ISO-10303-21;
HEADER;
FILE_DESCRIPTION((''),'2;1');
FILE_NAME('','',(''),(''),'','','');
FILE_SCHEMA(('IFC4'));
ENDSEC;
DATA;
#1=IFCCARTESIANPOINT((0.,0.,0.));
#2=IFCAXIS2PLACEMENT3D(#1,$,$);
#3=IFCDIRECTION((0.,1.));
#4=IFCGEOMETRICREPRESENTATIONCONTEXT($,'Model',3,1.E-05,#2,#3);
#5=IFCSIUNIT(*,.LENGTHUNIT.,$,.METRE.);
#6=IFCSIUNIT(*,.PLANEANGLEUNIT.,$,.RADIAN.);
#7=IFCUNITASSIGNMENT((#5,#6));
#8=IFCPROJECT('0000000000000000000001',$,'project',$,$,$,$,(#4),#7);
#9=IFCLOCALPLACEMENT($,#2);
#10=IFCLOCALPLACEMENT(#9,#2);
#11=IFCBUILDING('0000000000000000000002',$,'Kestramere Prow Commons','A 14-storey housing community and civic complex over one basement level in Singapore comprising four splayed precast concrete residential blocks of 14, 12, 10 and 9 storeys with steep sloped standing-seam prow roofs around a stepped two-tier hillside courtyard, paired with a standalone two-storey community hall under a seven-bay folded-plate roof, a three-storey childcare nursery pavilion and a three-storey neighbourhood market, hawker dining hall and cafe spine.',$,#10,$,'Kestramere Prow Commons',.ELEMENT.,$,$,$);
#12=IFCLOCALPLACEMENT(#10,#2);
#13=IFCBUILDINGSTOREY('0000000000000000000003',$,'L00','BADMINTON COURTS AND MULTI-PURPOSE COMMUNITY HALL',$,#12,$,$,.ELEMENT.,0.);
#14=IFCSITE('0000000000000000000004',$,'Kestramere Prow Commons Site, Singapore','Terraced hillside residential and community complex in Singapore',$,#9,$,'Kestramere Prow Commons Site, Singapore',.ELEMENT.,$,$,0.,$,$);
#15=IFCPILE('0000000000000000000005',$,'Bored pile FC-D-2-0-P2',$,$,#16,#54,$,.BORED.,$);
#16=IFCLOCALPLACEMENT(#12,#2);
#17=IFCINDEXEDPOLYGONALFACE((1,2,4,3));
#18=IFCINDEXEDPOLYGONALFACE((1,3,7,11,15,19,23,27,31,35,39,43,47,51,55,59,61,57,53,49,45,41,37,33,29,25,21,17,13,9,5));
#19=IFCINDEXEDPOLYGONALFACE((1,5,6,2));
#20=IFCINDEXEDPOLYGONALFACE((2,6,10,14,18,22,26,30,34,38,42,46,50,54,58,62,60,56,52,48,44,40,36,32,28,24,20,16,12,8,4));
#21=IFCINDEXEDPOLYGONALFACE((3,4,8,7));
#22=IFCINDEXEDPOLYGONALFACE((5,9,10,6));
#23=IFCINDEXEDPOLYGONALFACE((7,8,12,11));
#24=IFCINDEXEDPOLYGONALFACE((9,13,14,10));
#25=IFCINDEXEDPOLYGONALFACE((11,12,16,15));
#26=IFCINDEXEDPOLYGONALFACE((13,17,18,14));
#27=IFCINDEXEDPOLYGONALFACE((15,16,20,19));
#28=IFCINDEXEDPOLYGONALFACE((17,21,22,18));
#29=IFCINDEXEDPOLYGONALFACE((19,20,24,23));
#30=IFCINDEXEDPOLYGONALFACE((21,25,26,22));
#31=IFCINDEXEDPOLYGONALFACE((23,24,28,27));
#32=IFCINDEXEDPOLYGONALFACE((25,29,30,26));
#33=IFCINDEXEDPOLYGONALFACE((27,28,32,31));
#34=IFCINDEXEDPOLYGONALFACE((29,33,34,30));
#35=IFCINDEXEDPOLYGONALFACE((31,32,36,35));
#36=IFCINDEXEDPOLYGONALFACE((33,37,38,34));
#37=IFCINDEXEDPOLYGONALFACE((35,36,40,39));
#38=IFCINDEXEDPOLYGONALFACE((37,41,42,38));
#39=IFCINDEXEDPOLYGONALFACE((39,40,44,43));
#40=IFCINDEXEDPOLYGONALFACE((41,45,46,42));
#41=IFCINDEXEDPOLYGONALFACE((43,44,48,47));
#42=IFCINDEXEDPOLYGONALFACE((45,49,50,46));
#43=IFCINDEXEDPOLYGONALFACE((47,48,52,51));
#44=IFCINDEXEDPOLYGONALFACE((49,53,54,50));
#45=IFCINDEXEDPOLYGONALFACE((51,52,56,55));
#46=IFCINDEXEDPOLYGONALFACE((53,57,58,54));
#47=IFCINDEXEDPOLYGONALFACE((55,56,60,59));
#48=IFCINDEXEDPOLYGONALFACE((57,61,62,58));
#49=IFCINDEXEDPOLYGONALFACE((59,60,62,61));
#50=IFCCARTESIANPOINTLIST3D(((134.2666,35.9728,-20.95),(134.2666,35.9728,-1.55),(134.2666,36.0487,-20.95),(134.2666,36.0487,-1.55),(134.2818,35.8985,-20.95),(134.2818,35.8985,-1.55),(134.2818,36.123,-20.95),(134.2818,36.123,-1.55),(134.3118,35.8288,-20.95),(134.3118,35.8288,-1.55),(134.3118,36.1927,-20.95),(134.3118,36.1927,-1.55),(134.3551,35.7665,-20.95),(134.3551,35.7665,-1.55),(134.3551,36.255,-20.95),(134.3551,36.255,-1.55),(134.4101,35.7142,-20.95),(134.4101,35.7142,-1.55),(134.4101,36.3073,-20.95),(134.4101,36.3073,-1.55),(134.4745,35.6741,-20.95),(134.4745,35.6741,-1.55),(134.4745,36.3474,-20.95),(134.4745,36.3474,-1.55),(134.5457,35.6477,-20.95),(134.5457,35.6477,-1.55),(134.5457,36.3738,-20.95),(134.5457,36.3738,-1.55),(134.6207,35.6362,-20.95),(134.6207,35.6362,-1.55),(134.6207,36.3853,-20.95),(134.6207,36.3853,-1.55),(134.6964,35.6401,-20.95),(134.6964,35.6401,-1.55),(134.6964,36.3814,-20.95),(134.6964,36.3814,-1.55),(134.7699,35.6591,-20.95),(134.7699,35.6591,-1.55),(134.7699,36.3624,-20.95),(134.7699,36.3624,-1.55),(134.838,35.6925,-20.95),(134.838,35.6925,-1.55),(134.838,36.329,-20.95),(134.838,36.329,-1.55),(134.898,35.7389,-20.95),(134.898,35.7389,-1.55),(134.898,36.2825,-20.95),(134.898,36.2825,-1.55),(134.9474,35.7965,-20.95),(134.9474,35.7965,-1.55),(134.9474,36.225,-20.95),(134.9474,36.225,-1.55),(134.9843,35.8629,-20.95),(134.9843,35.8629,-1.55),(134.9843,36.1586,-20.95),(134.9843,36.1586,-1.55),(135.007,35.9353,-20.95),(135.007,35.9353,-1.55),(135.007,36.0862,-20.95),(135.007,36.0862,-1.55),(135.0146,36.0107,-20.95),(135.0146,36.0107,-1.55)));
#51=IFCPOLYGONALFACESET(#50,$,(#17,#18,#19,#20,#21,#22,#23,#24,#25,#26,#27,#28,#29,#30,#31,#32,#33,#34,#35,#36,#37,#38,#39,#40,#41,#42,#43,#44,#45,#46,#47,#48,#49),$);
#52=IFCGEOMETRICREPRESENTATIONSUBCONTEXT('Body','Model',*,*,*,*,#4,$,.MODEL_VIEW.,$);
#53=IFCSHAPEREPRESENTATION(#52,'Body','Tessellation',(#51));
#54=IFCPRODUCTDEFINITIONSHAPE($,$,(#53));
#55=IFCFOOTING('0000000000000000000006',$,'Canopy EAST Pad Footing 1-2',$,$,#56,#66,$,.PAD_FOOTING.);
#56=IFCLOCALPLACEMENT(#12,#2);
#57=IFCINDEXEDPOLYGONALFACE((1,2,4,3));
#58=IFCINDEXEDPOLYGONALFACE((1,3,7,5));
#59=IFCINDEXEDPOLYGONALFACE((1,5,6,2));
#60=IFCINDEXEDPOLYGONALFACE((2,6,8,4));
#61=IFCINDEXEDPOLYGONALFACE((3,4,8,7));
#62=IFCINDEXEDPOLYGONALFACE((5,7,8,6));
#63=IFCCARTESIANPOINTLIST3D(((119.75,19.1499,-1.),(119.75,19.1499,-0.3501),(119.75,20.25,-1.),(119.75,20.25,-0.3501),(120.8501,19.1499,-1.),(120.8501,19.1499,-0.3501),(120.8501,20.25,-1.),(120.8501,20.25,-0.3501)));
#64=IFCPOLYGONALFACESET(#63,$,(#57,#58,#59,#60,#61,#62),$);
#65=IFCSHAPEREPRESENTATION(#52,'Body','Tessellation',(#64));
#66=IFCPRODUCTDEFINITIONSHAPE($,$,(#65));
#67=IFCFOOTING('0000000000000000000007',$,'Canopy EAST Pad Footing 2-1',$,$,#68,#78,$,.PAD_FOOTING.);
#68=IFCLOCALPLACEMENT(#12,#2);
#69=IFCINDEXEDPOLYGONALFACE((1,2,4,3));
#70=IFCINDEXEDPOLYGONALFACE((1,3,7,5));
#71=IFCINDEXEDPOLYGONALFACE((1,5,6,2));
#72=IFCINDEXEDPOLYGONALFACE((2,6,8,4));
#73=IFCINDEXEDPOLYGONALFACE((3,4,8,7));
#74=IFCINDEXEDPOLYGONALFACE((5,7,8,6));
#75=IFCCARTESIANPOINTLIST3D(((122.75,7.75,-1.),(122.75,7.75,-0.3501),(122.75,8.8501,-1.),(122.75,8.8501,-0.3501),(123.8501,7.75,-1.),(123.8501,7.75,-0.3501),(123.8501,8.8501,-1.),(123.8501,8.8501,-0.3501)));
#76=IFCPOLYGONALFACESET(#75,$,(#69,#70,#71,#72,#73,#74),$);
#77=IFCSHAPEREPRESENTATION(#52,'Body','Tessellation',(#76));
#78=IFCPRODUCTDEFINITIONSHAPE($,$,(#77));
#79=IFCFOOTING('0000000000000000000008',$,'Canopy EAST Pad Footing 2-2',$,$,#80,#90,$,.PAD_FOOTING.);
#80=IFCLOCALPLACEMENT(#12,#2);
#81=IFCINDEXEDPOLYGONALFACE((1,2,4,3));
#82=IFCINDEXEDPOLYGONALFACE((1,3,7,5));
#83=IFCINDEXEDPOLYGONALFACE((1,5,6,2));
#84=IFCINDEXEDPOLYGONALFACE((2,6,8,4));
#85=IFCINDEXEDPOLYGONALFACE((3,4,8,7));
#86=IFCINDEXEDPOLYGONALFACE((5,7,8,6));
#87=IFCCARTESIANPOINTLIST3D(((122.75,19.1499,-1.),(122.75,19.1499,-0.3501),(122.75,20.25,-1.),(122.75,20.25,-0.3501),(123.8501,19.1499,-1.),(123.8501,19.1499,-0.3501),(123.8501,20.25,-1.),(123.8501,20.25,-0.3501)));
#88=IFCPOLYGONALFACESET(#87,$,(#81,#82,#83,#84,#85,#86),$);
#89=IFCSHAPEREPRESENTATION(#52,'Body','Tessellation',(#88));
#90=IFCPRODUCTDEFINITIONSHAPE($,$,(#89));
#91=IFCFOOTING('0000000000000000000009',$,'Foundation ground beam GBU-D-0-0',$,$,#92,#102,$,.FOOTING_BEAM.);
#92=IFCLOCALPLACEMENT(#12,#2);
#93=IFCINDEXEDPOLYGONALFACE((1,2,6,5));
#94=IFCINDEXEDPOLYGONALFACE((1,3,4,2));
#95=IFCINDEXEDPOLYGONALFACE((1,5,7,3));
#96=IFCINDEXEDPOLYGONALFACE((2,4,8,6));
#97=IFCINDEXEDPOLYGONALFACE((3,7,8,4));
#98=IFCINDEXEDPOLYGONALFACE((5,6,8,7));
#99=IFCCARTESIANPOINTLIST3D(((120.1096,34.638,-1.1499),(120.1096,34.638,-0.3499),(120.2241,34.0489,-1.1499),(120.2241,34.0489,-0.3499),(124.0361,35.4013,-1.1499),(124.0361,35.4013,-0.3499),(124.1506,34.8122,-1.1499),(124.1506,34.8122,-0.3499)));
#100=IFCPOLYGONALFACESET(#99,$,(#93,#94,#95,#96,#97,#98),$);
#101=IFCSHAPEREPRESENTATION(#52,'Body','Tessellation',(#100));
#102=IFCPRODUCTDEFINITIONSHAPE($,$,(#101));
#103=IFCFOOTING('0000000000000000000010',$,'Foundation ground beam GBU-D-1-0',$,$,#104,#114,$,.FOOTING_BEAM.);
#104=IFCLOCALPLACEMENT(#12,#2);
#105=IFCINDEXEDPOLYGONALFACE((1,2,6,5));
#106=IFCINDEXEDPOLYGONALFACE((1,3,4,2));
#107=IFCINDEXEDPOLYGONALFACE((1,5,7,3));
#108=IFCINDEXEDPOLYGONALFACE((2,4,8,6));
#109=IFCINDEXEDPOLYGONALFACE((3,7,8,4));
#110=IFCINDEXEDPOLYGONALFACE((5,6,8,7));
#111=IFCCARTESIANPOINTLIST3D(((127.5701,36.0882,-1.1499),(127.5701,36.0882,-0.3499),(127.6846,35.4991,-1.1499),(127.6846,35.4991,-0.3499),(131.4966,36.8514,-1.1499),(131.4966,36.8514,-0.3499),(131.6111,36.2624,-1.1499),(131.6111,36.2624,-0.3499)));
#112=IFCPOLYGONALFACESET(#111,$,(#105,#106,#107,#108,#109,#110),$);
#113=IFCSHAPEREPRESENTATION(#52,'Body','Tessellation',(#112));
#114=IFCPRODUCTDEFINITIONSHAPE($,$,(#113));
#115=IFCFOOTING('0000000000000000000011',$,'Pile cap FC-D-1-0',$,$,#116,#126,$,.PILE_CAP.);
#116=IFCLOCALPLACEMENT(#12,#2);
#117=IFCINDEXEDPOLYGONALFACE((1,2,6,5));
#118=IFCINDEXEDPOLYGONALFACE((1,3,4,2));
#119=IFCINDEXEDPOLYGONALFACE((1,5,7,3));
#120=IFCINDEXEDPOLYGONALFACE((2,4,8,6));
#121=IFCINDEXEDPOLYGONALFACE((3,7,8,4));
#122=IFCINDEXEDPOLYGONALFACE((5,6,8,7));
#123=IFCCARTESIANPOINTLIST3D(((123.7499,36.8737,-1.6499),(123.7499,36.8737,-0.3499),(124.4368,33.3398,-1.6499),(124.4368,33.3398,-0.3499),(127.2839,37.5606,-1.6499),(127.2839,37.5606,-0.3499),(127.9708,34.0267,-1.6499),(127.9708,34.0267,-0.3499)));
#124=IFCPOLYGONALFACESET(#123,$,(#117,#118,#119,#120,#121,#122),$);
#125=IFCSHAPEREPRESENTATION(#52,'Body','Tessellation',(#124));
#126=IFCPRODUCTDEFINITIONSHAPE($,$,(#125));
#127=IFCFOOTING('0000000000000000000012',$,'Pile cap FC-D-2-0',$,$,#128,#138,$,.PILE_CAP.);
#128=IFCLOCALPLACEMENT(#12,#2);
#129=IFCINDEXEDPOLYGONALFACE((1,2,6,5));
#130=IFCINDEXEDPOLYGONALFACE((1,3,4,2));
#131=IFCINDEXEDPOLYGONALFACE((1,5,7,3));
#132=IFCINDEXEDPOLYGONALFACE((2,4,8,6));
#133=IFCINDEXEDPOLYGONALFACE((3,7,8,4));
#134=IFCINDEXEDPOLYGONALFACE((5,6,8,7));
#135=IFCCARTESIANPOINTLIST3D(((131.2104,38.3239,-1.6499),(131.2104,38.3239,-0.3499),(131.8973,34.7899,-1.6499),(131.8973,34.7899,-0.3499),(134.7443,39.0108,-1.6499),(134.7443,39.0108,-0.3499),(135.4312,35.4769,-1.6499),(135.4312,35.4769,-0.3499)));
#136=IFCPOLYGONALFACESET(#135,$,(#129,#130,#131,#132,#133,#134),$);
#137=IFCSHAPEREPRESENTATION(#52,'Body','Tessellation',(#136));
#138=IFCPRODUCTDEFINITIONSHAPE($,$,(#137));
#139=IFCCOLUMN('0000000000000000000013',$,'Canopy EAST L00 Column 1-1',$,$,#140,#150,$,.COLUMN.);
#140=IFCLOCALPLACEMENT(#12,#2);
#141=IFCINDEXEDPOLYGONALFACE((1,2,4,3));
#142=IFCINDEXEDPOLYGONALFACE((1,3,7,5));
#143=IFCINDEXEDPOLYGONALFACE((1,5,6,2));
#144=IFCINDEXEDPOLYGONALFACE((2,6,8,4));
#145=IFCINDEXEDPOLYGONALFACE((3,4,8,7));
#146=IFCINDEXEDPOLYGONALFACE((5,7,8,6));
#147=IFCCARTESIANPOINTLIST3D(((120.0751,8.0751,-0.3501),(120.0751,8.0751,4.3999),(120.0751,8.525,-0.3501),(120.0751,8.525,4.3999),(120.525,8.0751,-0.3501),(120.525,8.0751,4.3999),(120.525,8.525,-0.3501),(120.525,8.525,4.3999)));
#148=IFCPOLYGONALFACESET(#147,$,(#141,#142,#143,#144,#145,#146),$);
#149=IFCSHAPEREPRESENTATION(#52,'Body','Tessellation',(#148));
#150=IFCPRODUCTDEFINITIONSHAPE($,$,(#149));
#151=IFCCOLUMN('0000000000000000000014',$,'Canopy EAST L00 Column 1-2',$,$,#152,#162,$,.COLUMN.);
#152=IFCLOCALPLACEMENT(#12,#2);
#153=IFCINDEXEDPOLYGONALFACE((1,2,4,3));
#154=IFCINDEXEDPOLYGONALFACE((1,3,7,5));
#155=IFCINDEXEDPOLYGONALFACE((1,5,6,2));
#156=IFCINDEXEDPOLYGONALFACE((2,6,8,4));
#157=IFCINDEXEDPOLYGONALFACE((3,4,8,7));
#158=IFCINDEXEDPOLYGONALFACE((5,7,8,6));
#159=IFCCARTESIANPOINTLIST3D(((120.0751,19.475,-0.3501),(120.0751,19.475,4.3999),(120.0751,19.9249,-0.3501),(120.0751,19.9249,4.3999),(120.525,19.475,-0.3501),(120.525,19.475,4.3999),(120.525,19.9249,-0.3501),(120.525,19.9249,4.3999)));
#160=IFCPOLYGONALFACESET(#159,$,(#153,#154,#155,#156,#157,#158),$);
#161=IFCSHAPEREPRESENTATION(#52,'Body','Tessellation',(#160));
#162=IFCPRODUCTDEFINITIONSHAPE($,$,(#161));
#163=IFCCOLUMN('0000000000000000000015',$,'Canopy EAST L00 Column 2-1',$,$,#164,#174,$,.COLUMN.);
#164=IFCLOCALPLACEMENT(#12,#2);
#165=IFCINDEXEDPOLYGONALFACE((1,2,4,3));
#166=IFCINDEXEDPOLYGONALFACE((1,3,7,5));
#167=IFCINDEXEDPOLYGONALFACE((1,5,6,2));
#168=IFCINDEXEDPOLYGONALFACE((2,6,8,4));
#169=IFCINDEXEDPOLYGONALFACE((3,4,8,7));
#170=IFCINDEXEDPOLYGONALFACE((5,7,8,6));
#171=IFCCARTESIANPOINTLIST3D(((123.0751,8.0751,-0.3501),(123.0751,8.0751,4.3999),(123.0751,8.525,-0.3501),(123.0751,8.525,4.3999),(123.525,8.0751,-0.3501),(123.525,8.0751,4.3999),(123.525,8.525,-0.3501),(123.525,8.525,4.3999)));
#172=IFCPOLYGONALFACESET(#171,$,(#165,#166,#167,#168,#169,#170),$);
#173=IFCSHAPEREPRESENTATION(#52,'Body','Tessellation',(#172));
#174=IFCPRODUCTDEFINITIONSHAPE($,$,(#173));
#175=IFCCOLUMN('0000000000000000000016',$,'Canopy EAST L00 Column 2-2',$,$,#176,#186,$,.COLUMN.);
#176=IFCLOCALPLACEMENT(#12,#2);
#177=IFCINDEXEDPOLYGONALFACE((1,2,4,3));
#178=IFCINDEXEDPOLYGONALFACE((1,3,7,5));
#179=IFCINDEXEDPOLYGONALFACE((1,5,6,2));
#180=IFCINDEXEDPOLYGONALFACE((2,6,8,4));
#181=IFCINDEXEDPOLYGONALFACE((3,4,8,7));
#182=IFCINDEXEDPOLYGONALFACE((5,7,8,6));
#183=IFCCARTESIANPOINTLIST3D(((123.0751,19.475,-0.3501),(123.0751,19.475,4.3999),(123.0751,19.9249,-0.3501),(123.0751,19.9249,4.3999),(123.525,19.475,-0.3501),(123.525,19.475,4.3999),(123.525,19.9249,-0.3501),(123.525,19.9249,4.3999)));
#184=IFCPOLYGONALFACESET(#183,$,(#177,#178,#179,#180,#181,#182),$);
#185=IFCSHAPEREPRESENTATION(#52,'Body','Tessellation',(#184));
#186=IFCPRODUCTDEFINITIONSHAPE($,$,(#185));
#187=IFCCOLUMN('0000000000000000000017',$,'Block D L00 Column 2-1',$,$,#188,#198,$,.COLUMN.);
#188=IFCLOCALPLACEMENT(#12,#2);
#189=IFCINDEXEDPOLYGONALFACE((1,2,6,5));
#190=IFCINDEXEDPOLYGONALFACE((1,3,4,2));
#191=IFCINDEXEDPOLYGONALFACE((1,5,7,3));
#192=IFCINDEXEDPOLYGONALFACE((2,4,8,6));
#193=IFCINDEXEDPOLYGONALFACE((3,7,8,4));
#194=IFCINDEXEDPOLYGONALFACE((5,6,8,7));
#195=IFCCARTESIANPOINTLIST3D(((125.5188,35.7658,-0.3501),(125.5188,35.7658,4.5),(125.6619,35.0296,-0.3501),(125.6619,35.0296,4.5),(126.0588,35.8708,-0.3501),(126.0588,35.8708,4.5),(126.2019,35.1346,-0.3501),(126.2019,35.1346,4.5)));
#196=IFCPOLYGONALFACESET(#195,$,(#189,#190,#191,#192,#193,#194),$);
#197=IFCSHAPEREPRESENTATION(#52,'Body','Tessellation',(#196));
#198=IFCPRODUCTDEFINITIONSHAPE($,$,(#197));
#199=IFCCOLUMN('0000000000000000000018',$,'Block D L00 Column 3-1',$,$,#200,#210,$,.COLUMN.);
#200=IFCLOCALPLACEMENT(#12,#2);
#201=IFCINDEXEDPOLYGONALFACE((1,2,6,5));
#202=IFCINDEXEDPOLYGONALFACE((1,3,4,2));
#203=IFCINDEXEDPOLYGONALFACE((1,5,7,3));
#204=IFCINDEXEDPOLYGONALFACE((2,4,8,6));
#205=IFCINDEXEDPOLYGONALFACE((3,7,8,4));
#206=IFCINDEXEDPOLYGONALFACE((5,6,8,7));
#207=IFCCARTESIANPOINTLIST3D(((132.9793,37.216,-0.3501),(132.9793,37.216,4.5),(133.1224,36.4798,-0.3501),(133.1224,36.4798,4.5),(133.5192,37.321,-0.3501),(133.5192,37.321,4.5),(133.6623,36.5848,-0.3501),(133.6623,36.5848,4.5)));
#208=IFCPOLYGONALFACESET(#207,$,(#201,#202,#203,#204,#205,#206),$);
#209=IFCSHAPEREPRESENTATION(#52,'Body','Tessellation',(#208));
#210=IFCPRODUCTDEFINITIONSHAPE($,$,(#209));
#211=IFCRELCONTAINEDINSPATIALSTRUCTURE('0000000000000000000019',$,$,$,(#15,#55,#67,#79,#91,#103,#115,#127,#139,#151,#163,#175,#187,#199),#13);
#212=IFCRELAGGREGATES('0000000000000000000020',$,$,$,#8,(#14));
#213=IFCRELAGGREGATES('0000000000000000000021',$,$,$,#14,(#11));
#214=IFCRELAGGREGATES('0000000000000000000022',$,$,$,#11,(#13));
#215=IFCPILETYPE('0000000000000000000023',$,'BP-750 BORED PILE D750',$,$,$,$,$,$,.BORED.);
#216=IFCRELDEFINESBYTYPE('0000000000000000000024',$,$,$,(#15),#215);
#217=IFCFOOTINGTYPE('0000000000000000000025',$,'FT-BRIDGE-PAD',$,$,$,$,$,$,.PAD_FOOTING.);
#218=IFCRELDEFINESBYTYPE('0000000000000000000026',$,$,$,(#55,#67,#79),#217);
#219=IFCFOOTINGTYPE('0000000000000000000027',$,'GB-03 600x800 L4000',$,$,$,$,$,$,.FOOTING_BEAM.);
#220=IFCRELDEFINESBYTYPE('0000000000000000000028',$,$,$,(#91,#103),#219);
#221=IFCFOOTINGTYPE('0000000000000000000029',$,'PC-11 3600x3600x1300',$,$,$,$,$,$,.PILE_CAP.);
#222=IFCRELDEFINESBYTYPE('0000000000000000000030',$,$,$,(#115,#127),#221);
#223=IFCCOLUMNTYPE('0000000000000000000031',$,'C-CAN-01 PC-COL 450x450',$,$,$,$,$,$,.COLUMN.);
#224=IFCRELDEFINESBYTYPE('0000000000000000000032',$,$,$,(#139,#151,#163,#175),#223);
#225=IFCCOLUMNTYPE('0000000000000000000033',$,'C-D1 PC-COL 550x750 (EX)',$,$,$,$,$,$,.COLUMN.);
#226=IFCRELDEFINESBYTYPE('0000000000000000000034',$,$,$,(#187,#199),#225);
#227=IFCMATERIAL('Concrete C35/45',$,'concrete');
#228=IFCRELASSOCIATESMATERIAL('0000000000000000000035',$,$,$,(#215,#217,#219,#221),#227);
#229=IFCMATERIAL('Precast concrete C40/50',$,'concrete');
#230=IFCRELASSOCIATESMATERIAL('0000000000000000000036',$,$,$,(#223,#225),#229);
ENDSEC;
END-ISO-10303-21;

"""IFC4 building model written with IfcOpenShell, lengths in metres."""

from ifc_helpers import new_model, si_unit, direction, frame, origin, origin_2d, place, context, subcontext, project, spatial, rectangle, circle, extrude, material, material_profile, profile_set, type_object, element, save


model = new_model("IFC4")

# Units and contexts
model_context = context("Model", 3, precision=1e-05, world=origin(), true_north=direction((0.0, 1.0)))
body_context = subcontext(model_context, "Body", "Model", "MODEL_VIEW")
ifc_project = project(units=[si_unit("LENGTHUNIT", "METRE"), si_unit("PLANEANGLEUNIT", "RADIAN")], contexts=[model_context])

# Site, building, storey
site_placement = place(None, origin())
site = spatial("IfcSite", under=ifc_project, at=site_placement, Name="Kestramere Prow Commons Site, Singapore", Description="Terraced hillside residential and community complex in Singapore", LongName="Kestramere Prow Commons Site, Singapore", CompositionType="ELEMENT", RefElevation=0.0)
building_placement = place(site_placement, origin())
building = spatial("IfcBuilding", under=site, at=building_placement, Name="Kestramere Prow Commons", Description="A 14-storey housing community and civic complex over one basement level in Singapore comprising four splayed precast concrete residential blocks of 14, 12, 10 and 9 storeys with steep sloped standing-seam prow roofs around a stepped two-tier hillside courtyard, paired with a standalone two-storey community hall under a seven-bay folded-plate roof, a three-storey childcare nursery pavilion and a three-storey neighbourhood market, hawker dining hall and cafe spine.", LongName="Kestramere Prow Commons", CompositionType="ELEMENT")
storey_placement = place(building_placement, origin())
storey = spatial("IfcBuildingStorey", under=building, at=storey_placement, Name="L00", Description="BADMINTON COURTS AND MULTI-PURPOSE COMMUNITY HALL", CompositionType="ELEMENT", Elevation=0.0)

# Pile
ifc_material_1 = material(Name="Concrete C35/45", Category="concrete")
ifc_material_profile_1 = material_profile(ifc_material_1, circle(Radius=0.375, at=origin_2d()), Name="BORED PILE D750")
ifc_profile_set_1 = profile_set([ifc_material_profile_1], Name="Concrete C35/45")
pile_type = type_object("IfcPileType", Name="BP-750 BORED PILE D750", PredefinedType="BORED", material=ifc_profile_set_1)
for number, where, z_axis, x_axis, name in (
    (1, (134.6396, 36.0107, -1.55), (0.0, 0.0, -1.0), (1.0, 0.0, 0.0), "Bored pile FC-D-2-0-P2"),
):
    element("IfcPile", number, at=place(storey_placement, frame(where, z_axis=z_axis, x_axis=x_axis)), inside=storey, type_object=pile_type, Name=name, PredefinedType="BORED", context=body_context, shape_type="SweptSolid", body=[
        extrude(circle(Radius=0.375, at=origin_2d()), origin(), (0.0, 0.0, 1.0), 19.3999),
    ])

# Footings
footing_type_1 = type_object("IfcFootingType", Name="FT-BRIDGE-PAD", PredefinedType="PAD_FOOTING", material=ifc_material_1)
for number, where, z_axis, x_axis, name in (
    (2, (120.3, 19.7, -1.0), (0.0, 0.0, 1.0), (1.0, 0.0, 0.0), "Canopy EAST Pad Footing 1-2"),
    (3, (123.3, 8.3, -1.0), (0.0, 0.0, 1.0), (1.0, 0.0, 0.0), "Canopy EAST Pad Footing 2-1"),
    (4, (123.3, 19.7, -1.0), (0.0, 0.0, 1.0), (1.0, 0.0, 0.0), "Canopy EAST Pad Footing 2-2"),
):
    element("IfcFooting", number, at=place(storey_placement, frame(where, z_axis=z_axis, x_axis=x_axis)), inside=storey, type_object=footing_type_1, Name=name, PredefinedType="PAD_FOOTING", context=body_context, shape_type="SweptSolid", body=[
        extrude(rectangle(XDim=1.1001, YDim=1.1001, at=origin_2d()), origin(), (0.0, 0.0, 1.0), 0.6499),
    ])
footing_type_2 = type_object("IfcFootingType", Name="GB-03 600x800 L4000", PredefinedType="FOOTING_BEAM", material=ifc_material_1)
for number, where, z_axis, x_axis, name in (
    (5, (122.1301, 34.7251, -1.1499), (0.0, 0.0, 1.0), (0.981627, 0.190809, 0.0), "Foundation ground beam GBU-D-0-0"),
    (6, (129.5906, 36.1753, -1.1499), (0.0, 0.0, 1.0), (0.981627, 0.190809, 0.0), "Foundation ground beam GBU-D-1-0"),
):
    element("IfcFooting", number, at=place(storey_placement, frame(where, z_axis=z_axis, x_axis=x_axis)), inside=storey, type_object=footing_type_2, Name=name, PredefinedType="FOOTING_BEAM", context=body_context, shape_type="SweptSolid", body=[
        extrude(rectangle(XDim=4.0, YDim=0.6001, at=origin_2d()), origin(), (0.0, 0.0, 1.0), 0.8),
    ])
footing_type_3 = type_object("IfcFootingType", Name="PC-11 3600x3600x1300", PredefinedType="PILE_CAP", material=ifc_material_1)
for number, where, z_axis, x_axis, name in (
    (7, (125.8604, 35.4502, -1.6499), (0.0, 0.0, 1.0), (0.981627, 0.190809, 0.0), "Pile cap FC-D-1-0"),
    (8, (133.3208, 36.9004, -1.6499), (0.0, 0.0, 1.0), (0.981627, 0.190809, 0.0), "Pile cap FC-D-2-0"),
):
    element("IfcFooting", number, at=place(storey_placement, frame(where, z_axis=z_axis, x_axis=x_axis)), inside=storey, type_object=footing_type_3, Name=name, PredefinedType="PILE_CAP", context=body_context, shape_type="SweptSolid", body=[
        extrude(rectangle(XDim=3.6001, YDim=3.6001, at=origin_2d()), origin(), (0.0, 0.0, 1.0), 1.3),
    ])

# Columns
ifc_material_2 = material(Name="Precast concrete C40/50", Category="concrete")
ifc_material_profile_2 = material_profile(ifc_material_2, rectangle(XDim=0.45, YDim=0.45, at=origin_2d()), Name="PC-COL 450x450")
ifc_profile_set_2 = profile_set([ifc_material_profile_2], Name="Precast concrete C40/50")
column_type_1 = type_object("IfcColumnType", Name="C-CAN-01 PC-COL 450x450", PredefinedType="COLUMN", material=ifc_profile_set_2)
for number, where, z_axis, x_axis, name in (
    (9, (120.3, 8.3, -0.3501), (0.0, 0.0, 1.0), (1.0, 0.0, 0.0), "Canopy EAST L00 Column 1-1"),
    (10, (120.3, 19.7, -0.3501), (0.0, 0.0, 1.0), (1.0, 0.0, 0.0), "Canopy EAST L00 Column 1-2"),
    (11, (123.3, 8.3, -0.3501), (0.0, 0.0, 1.0), (1.0, 0.0, 0.0), "Canopy EAST L00 Column 2-1"),
    (12, (123.3, 19.7, -0.3501), (0.0, 0.0, 1.0), (1.0, 0.0, 0.0), "Canopy EAST L00 Column 2-2"),
):
    element("IfcColumn", number, at=place(storey_placement, frame(where, z_axis=z_axis, x_axis=x_axis)), inside=storey, type_object=column_type_1, Name=name, PredefinedType="COLUMN", context=body_context, shape_type="SweptSolid", body=[
        extrude(rectangle(XDim=0.45, YDim=0.45, at=origin_2d()), origin(), (0.0, 0.0, 1.0), 4.75),
    ])
ifc_material_profile_3 = material_profile(ifc_material_2, rectangle(XDim=0.55, YDim=0.75, at=origin_2d()), Name="PC-COL 550x750")
ifc_profile_set_3 = profile_set([ifc_material_profile_3], Name="Precast concrete C40/50")
column_type_2 = type_object("IfcColumnType", Name="C-D1 PC-COL 550x750 (EX)", PredefinedType="COLUMN", material=ifc_profile_set_3)
for number, where, z_axis, x_axis, name in (
    (13, (125.8604, 35.4502, -0.3501), (0.0, 0.0, 1.0), (0.981627, 0.190809, 0.0), "Block D L00 Column 2-1"),
    (14, (133.3208, 36.9004, -0.3501), (0.0, 0.0, 1.0), (0.981627, 0.190809, 0.0), "Block D L00 Column 3-1"),
):
    element("IfcColumn", number, at=place(storey_placement, frame(where, z_axis=z_axis, x_axis=x_axis)), inside=storey, type_object=column_type_2, Name=name, PredefinedType="COLUMN", context=body_context, shape_type="SweptSolid", body=[
        extrude(rectangle(XDim=0.55, YDim=0.75, at=origin_2d()), origin(), (0.0, 0.0, 1.0), 4.8501),
    ])

save(model, "model.ifc")
